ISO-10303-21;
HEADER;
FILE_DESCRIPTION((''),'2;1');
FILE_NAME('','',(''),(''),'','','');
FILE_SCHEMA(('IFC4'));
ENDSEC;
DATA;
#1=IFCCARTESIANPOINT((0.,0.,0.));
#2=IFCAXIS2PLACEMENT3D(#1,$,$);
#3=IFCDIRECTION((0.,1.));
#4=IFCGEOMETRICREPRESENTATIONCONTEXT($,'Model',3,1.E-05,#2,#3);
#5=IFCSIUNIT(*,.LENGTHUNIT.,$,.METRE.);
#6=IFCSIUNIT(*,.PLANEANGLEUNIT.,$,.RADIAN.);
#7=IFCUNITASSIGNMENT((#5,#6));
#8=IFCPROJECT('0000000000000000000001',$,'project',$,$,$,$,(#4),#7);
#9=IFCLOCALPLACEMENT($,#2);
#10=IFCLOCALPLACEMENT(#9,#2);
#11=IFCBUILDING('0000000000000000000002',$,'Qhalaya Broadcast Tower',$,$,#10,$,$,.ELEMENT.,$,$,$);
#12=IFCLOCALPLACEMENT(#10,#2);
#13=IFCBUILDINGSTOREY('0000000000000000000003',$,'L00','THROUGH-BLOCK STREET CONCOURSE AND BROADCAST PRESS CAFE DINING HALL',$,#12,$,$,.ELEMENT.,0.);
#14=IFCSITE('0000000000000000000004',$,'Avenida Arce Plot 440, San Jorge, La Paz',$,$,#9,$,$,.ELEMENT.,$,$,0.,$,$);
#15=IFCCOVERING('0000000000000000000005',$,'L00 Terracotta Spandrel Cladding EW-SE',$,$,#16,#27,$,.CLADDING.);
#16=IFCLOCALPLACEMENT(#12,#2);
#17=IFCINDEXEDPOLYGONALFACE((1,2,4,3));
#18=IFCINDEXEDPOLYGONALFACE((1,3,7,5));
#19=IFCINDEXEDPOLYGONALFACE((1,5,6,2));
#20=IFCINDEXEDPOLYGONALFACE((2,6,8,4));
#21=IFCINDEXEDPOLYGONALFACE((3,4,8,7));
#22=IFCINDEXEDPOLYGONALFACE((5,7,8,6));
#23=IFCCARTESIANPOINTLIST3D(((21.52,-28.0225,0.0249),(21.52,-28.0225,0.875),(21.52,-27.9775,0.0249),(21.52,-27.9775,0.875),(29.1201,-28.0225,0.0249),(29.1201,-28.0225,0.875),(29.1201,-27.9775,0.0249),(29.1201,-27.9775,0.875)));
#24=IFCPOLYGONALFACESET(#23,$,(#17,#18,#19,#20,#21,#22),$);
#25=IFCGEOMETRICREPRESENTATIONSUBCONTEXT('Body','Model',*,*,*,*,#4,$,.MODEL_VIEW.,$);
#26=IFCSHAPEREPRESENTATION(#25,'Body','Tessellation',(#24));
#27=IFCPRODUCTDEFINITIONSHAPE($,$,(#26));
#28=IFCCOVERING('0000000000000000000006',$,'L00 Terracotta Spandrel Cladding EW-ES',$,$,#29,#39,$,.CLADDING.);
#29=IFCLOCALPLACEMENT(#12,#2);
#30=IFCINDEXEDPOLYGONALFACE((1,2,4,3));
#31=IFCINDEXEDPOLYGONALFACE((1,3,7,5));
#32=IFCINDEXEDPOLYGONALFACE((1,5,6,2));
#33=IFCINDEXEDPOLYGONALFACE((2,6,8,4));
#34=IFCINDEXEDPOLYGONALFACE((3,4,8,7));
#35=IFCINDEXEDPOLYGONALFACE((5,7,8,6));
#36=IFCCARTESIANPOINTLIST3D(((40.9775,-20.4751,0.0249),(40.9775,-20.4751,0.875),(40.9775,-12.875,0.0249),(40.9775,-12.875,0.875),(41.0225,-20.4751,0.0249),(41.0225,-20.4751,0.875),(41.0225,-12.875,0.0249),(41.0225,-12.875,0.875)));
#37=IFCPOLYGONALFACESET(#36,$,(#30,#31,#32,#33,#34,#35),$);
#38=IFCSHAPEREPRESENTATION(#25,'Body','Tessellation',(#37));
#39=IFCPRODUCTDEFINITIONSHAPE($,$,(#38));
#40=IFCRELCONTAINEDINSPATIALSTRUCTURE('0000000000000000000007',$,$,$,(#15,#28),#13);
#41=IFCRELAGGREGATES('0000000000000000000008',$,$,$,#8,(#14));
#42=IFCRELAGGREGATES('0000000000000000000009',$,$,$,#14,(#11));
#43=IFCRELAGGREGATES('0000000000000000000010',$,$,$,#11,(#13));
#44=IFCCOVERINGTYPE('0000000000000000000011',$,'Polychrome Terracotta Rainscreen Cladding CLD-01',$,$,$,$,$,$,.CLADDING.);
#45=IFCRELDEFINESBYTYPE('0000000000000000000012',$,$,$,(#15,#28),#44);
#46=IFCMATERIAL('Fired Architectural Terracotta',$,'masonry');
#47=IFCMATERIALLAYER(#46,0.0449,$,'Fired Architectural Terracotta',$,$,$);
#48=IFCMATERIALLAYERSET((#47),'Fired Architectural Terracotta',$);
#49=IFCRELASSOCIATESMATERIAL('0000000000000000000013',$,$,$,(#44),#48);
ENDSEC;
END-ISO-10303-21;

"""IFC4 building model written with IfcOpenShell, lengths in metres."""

from ifc_helpers import new_model, si_unit, direction, frame, origin, origin_2d, place, context, subcontext, project, spatial, rectangle, extrude, material, layer, layer_set, type_object, element, save


model = new_model("IFC4")

# Units and contexts
model_context = context("Model", 3, precision=1e-05, world=origin(), true_north=direction((0.0, 1.0)))
body_context = subcontext(model_context, "Body", "Model", "MODEL_VIEW")
ifc_project = project(units=[si_unit("LENGTHUNIT", "METRE"), si_unit("PLANEANGLEUNIT", "RADIAN")], contexts=[model_context])

# Site, building, storey
site_placement = place(None, origin())
site = spatial("IfcSite", under=ifc_project, at=site_placement, Name="Avenida Arce Plot 440, San Jorge, La Paz", CompositionType="ELEMENT", RefElevation=0.0)
building_placement = place(site_placement, origin())
building = spatial("IfcBuilding", under=site, at=building_placement, Name="Qhalaya Broadcast Tower", CompositionType="ELEMENT")
storey_placement = place(building_placement, origin())
storey = spatial("IfcBuildingStorey", under=building, at=storey_placement, Name="L00", Description="THROUGH-BLOCK STREET CONCOURSE AND BROADCAST PRESS CAFE DINING HALL", CompositionType="ELEMENT", Elevation=0.0)

# Coverings
ifc_material_1 = material(Name="Fired Architectural Terracotta", Category="masonry")
ifc_layer_1 = layer(ifc_material_1, 0.0449, Name="Fired Architectural Terracotta")
ifc_layer_set_1 = layer_set([ifc_layer_1], Name="Fired Architectural Terracotta")
covering_type = type_object("IfcCoveringType", Name="Polychrome Terracotta Rainscreen Cladding CLD-01", PredefinedType="CLADDING", material=ifc_layer_set_1)
for number, where, z_axis, x_axis, name in (
    (1, (25.3201, -28.0, 0.0249), (0.0, 0.0, 1.0), (-1.0, 0.0, 0.0), "L00 Terracotta Spandrel Cladding EW-SE"),
    (2, (41.0, -16.675, 0.0249), (0.0, 0.0, 1.0), (0.0, -1.0, 0.0), "L00 Terracotta Spandrel Cladding EW-ES"),
):
    element("IfcCovering", number, at=place(storey_placement, frame(where, z_axis=z_axis, x_axis=x_axis)), inside=storey, type_object=covering_type, Name=name, PredefinedType="CLADDING", context=body_context, shape_type="SweptSolid", body=[
        extrude(rectangle(XDim=7.6001, YDim=0.0449, at=origin_2d()), origin(), (0.0, 0.0, 1.0), 0.8501),
    ])

save(model, "model.ifc")
